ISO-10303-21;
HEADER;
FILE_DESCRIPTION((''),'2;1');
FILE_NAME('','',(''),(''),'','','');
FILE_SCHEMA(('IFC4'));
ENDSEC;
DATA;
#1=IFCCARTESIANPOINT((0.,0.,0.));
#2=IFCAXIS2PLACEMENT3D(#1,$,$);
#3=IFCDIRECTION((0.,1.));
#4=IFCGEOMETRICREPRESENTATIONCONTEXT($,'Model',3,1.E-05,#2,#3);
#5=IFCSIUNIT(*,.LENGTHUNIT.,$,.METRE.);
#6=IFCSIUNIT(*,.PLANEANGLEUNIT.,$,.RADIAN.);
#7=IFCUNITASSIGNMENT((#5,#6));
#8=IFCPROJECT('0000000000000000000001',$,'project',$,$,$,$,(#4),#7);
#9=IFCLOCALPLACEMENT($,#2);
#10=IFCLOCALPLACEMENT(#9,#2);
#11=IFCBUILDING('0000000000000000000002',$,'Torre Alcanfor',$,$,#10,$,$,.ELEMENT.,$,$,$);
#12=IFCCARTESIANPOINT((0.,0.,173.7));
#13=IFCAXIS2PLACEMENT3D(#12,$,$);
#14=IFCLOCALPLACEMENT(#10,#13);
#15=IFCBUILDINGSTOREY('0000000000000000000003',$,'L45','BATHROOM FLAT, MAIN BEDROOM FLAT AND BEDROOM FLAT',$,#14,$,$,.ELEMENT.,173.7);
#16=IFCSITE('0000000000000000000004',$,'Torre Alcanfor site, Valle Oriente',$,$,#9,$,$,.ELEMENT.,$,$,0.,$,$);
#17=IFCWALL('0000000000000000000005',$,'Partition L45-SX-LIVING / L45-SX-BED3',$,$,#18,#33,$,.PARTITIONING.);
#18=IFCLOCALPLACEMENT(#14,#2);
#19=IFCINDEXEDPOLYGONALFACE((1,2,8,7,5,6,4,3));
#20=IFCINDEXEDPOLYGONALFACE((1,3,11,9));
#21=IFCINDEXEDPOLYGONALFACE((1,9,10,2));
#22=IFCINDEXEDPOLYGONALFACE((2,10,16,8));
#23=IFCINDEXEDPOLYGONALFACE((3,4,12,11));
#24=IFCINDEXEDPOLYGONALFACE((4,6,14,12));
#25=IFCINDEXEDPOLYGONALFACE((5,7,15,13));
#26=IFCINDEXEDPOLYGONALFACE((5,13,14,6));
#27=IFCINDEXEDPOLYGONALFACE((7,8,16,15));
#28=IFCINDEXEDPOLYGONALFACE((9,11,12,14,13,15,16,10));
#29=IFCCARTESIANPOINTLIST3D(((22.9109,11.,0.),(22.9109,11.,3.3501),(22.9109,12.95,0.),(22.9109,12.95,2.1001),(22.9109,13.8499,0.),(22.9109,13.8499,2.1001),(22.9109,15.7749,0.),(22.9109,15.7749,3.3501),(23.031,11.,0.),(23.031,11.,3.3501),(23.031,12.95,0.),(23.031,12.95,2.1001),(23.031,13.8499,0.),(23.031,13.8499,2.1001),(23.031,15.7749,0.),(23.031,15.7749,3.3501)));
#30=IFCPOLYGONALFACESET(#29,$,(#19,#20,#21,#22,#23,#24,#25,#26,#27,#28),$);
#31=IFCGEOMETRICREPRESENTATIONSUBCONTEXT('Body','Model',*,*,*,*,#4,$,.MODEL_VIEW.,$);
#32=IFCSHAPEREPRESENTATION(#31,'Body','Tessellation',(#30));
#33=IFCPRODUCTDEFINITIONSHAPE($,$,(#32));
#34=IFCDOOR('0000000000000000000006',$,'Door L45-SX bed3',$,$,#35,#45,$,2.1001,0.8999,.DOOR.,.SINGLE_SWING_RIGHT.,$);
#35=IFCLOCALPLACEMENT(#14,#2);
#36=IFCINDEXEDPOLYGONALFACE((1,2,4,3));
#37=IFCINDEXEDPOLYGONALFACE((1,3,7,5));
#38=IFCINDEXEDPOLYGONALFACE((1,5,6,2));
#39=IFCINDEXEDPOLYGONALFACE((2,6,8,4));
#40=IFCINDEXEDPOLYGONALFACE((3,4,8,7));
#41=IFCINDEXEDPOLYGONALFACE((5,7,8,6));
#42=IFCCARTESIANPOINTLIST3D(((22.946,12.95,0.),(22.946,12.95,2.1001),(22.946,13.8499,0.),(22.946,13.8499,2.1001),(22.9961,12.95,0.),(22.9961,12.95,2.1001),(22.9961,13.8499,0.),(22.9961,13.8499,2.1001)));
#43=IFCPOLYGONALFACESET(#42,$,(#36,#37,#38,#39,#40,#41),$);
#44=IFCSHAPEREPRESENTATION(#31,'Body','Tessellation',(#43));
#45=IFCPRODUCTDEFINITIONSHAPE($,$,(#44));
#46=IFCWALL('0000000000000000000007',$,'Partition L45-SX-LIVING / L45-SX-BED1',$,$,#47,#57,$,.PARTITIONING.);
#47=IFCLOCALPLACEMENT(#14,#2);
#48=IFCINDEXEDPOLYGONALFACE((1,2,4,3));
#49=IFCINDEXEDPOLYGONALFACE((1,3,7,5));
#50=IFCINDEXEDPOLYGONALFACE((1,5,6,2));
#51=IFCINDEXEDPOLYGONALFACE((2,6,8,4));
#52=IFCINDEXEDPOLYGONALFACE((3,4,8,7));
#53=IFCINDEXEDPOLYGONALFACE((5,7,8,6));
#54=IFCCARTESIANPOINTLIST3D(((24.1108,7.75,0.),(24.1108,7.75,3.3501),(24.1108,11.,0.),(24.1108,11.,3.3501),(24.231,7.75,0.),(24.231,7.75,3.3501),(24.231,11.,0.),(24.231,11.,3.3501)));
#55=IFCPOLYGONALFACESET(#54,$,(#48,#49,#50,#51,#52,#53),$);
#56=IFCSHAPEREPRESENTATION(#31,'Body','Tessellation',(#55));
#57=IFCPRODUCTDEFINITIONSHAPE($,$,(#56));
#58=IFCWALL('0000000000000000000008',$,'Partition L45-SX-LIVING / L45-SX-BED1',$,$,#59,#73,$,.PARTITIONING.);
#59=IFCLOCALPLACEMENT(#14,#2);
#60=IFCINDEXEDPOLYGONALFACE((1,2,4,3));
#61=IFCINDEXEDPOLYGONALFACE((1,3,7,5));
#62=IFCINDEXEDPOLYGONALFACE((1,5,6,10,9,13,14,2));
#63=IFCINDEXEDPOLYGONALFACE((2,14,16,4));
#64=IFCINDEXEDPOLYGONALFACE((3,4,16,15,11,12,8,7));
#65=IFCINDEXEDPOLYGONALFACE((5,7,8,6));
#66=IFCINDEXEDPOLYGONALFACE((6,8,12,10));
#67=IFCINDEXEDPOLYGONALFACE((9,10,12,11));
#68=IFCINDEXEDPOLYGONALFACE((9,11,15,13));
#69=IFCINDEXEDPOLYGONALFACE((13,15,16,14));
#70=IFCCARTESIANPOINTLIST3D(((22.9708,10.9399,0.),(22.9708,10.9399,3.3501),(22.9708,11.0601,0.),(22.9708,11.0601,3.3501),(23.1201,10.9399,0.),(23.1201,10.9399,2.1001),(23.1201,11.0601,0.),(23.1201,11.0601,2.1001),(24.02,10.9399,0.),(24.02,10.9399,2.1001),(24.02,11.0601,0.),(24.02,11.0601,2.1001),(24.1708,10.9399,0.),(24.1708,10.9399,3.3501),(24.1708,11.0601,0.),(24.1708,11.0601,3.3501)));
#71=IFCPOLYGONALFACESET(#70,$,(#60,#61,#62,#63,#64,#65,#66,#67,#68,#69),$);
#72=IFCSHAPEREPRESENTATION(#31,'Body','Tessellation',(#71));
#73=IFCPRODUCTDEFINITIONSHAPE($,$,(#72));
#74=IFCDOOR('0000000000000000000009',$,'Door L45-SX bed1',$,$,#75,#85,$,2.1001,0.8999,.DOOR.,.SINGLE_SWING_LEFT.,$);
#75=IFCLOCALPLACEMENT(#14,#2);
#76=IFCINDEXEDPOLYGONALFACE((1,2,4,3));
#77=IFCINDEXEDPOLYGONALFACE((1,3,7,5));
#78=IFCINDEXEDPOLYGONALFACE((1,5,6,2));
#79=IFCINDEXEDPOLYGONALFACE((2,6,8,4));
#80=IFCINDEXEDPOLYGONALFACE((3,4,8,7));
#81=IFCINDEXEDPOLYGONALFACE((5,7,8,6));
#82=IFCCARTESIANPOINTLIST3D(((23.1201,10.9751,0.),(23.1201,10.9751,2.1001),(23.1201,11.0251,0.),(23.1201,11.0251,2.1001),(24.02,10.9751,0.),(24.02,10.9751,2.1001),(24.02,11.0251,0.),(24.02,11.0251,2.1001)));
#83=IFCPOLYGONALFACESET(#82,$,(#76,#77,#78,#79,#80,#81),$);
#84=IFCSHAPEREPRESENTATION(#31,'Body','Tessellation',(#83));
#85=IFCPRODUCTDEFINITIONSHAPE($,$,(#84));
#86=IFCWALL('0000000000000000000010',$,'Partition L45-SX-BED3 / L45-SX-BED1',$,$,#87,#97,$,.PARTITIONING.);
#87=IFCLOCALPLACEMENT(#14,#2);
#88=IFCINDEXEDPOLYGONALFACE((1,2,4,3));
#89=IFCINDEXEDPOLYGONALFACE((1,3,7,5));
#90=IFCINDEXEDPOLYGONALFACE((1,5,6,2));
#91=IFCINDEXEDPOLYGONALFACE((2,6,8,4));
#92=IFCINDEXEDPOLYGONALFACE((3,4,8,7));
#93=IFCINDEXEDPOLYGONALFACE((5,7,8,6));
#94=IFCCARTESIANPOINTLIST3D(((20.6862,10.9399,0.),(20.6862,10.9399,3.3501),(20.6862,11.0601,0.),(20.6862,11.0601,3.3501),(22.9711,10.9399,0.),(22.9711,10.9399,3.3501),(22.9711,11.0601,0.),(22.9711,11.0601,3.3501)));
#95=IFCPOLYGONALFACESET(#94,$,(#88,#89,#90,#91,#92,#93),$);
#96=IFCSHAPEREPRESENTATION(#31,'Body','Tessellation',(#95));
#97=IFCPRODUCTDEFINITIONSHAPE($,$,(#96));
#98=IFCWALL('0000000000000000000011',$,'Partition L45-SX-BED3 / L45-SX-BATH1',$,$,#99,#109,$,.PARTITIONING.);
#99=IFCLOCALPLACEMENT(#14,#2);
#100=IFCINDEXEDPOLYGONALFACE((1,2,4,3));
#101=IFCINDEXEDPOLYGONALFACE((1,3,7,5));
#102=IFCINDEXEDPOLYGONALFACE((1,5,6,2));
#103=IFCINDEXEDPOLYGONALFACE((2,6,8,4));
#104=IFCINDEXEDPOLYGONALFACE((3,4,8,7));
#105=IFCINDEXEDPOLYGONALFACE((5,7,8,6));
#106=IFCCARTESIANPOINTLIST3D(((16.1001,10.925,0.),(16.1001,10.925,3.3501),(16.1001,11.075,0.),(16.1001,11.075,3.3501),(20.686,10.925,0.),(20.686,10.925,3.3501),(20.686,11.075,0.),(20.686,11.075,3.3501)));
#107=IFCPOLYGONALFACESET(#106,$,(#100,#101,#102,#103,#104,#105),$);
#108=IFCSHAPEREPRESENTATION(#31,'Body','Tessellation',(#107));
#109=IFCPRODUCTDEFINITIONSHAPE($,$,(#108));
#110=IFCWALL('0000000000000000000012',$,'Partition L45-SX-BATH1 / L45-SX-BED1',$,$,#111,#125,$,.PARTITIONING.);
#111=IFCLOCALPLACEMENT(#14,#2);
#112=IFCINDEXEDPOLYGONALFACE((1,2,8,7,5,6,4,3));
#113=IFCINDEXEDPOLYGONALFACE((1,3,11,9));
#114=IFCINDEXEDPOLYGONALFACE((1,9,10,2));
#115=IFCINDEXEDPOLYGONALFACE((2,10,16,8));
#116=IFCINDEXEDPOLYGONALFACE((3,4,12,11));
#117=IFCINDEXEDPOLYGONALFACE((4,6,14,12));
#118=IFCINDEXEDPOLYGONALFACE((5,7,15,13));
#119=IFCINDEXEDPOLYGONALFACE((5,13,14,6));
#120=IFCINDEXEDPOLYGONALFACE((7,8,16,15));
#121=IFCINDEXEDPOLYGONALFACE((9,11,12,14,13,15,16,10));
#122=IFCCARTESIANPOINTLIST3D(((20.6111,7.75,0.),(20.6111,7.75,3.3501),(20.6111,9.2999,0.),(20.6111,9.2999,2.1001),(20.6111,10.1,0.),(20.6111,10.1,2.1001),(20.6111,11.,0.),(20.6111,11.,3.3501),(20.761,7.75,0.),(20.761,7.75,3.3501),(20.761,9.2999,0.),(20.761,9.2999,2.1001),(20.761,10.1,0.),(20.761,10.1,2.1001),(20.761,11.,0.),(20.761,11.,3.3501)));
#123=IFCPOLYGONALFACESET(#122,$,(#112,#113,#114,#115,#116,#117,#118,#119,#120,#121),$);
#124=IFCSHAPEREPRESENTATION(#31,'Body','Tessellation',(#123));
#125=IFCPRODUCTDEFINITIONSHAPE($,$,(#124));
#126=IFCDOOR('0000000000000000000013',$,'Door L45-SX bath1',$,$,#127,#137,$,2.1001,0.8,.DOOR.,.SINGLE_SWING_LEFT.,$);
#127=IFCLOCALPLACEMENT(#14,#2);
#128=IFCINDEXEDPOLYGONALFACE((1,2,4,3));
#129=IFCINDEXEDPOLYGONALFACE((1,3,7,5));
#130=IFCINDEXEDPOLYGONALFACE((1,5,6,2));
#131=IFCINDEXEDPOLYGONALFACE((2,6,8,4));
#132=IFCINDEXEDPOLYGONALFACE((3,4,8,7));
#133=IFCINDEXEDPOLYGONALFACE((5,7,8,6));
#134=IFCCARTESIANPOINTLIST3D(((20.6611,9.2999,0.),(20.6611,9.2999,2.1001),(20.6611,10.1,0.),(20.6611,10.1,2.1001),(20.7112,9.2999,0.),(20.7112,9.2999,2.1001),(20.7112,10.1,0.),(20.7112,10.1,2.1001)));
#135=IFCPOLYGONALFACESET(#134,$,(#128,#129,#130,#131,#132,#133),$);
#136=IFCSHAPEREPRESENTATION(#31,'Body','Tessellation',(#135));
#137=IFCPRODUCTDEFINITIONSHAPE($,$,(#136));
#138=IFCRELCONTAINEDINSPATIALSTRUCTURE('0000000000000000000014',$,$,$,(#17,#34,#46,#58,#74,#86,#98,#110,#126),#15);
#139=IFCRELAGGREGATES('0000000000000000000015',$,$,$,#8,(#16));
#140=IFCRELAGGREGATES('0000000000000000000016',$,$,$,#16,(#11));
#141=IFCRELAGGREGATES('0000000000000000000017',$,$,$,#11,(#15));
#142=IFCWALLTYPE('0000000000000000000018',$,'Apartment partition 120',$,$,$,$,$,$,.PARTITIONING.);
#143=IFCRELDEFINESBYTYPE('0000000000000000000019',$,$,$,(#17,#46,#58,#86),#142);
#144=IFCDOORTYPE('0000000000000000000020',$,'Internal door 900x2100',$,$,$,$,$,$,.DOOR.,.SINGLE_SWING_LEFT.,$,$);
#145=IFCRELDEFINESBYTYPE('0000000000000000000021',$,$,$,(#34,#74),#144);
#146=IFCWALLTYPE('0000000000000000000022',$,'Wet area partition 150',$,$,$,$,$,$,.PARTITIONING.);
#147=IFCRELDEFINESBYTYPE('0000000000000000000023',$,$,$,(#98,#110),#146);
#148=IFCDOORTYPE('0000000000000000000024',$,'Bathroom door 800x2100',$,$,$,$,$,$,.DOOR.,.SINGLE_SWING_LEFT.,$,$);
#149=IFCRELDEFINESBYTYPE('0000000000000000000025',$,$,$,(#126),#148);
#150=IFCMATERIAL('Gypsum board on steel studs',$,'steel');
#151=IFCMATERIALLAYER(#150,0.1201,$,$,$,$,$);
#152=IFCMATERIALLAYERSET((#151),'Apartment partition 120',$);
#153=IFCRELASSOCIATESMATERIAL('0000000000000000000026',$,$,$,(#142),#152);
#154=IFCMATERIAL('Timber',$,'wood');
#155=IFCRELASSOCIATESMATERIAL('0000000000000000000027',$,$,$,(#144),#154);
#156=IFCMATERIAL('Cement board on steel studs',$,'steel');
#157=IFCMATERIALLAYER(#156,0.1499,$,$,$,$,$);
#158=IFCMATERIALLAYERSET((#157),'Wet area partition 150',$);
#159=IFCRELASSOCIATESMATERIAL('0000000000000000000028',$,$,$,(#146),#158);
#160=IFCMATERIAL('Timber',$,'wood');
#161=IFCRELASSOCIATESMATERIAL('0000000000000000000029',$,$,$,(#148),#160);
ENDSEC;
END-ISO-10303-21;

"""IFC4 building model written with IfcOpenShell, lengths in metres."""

from ifc_helpers import new_model, si_unit, direction, frame, frame_2d, origin, place, context, subcontext, project, spatial, rectangle, extrude, material, layer, layer_set, type_object, element, fill, save


model = new_model("IFC4")

# Units and contexts
model_context = context("Model", 3, precision=1e-05, world=origin(), true_north=direction((0.0, 1.0)))
body_context = subcontext(model_context, "Body", "Model", "MODEL_VIEW")
ifc_project = project(units=[si_unit("LENGTHUNIT", "METRE"), si_unit("PLANEANGLEUNIT", "RADIAN")], contexts=[model_context])

# Site, building, storey
site_placement = place(None, origin())
site = spatial("IfcSite", under=ifc_project, at=site_placement, Name="Torre Alcanfor site, Valle Oriente", CompositionType="ELEMENT", RefElevation=0.0)
building_placement = place(site_placement, origin())
building = spatial("IfcBuilding", under=site, at=building_placement, Name="Torre Alcanfor", CompositionType="ELEMENT")
storey_placement = place(building_placement, frame((0.0, 0.0, 173.7)))
storey = spatial("IfcBuildingStorey", under=building, at=storey_placement, Name="L45", Description="BATHROOM FLAT, MAIN BEDROOM FLAT AND BEDROOM FLAT", CompositionType="ELEMENT", Elevation=173.7)

# Shared definitions
ifc_material_1 = material(Name="Gypsum board on steel studs", Category="steel")
ifc_layer_1 = layer(ifc_material_1, 0.1201)
ifc_layer_set_1 = layer_set([ifc_layer_1], Name="Apartment partition 120")
wall_type_1 = type_object("IfcWallType", Name="Apartment partition 120", PredefinedType="PARTITIONING", material=ifc_layer_set_1)

# Wall, opening, door
wall_1_placement = place(storey_placement, frame((22.9709, 11.0, 0.0), z_axis=(0.0, 0.0, 1.0), x_axis=(0.0, 1.0, 0.0)))
wall_1 = element("IfcWall", 1, at=wall_1_placement, inside=storey, type_object=wall_type_1, Name="Partition L45-SX-LIVING / L45-SX-BED3", PredefinedType="PARTITIONING", context=body_context, shape_type="SweptSolid", body=[
    extrude(rectangle(XDim=4.7749, YDim=0.1201, at=frame_2d((2.3875, 0.0))), origin(), (0.0, 0.0, 1.0), 3.3501),
])
opening_1_placement = place(wall_1_placement, frame((1.95, 0.0, 0.0)))
opening_1 = element("IfcOpeningElement", 2, at=opening_1_placement, cuts=wall_1, PredefinedType="OPENING", context=body_context, shape_type="SweptSolid", body=[
    extrude(rectangle(XDim=0.8999, YDim=2.1001, at=frame_2d((0.45, 1.05))), frame((0.0, 0.0701, 0.0), z_axis=(0.0, -1.0, 0.0), x_axis=(1.0, 0.0, 0.0)), (0.0, 0.0, 1.0), 0.1401),
])
ifc_material_2 = material(Name="Timber", Category="wood")
door_type_1 = type_object("IfcDoorType", Name="Internal door 900x2100", OperationType="SINGLE_SWING_LEFT", PredefinedType="DOOR", material=ifc_material_2)
door_1_placement = place(opening_1_placement, origin())
door_1 = element("IfcDoor", 3, at=door_1_placement, inside=storey, type_object=door_type_1, Name="Door L45-SX bed3", OperationType="SINGLE_SWING_RIGHT", OverallHeight=2.1001, OverallWidth=0.8999, PredefinedType="DOOR", context=body_context, shape_type="SweptSolid", body=[
    extrude(rectangle(XDim=0.8999, YDim=2.1001, at=frame_2d((0.45, 1.05))), frame((0.0, 0.0249, 0.0), z_axis=(0.0, -1.0, 0.0), x_axis=(1.0, 0.0, 0.0)), (0.0, 0.0, 1.0), 0.05),
])
fill(opening_1, door_1)

# Wall
wall_2_placement = place(storey_placement, frame((24.1709, 7.75, 0.0), z_axis=(0.0, 0.0, 1.0), x_axis=(0.0, 1.0, 0.0)))
element("IfcWall", 4, at=wall_2_placement, inside=storey, type_object=wall_type_1, Name="Partition L45-SX-LIVING / L45-SX-BED1", PredefinedType="PARTITIONING", context=body_context, shape_type="SweptSolid", body=[
    extrude(rectangle(XDim=3.25, YDim=0.1201, at=frame_2d((1.625, 0.0))), origin(), (0.0, 0.0, 1.0), 3.3501),
])

# Wall, opening, door
wall_3_placement = place(storey_placement, frame((24.1709, 11.0, 0.0), z_axis=(0.0, 0.0, 1.0), x_axis=(-1.0, 0.0, 0.0)))
wall_3 = element("IfcWall", 5, at=wall_3_placement, inside=storey, type_object=wall_type_1, Name="Partition L45-SX-LIVING / L45-SX-BED1", PredefinedType="PARTITIONING", context=body_context, shape_type="SweptSolid", body=[
    extrude(rectangle(XDim=1.2, YDim=0.1201, at=frame_2d((0.6001, 0.0))), origin(), (0.0, 0.0, 1.0), 3.3501),
])
opening_2_placement = place(wall_3_placement, frame((0.1509, 0.0, 0.0)))
opening_2 = element("IfcOpeningElement", 6, at=opening_2_placement, cuts=wall_3, PredefinedType="OPENING", context=body_context, shape_type="SweptSolid", body=[
    extrude(rectangle(XDim=0.8999, YDim=2.1001, at=frame_2d((0.45, 1.05))), frame((0.0, 0.0701, 0.0), z_axis=(0.0, -1.0, 0.0), x_axis=(1.0, 0.0, 0.0)), (0.0, 0.0, 1.0), 0.1401),
])
door_2_placement = place(opening_2_placement, origin())
door_2 = element("IfcDoor", 7, at=door_2_placement, inside=storey, type_object=door_type_1, Name="Door L45-SX bed1", OperationType="SINGLE_SWING_LEFT", OverallHeight=2.1001, OverallWidth=0.8999, PredefinedType="DOOR", context=body_context, shape_type="SweptSolid", body=[
    extrude(rectangle(XDim=0.8999, YDim=2.1001, at=frame_2d((0.45, 1.05))), frame((0.0, 0.0249, 0.0), z_axis=(0.0, -1.0, 0.0), x_axis=(1.0, 0.0, 0.0)), (0.0, 0.0, 1.0), 0.05),
])
fill(opening_2, door_2)

# Walls
wall_4_placement = place(storey_placement, frame((20.686, 11.0, 0.0), z_axis=(0.0, 0.0, 1.0), x_axis=(1.0, 0.0, 0.0)))
element("IfcWall", 8, at=wall_4_placement, inside=storey, type_object=wall_type_1, Name="Partition L45-SX-BED3 / L45-SX-BED1", PredefinedType="PARTITIONING", context=body_context, shape_type="SweptSolid", body=[
    extrude(rectangle(XDim=2.2849, YDim=0.1201, at=frame_2d((1.1426, 0.0))), origin(), (0.0, 0.0, 1.0), 3.3501),
])
ifc_material_3 = material(Name="Cement board on steel studs", Category="steel")
ifc_layer_2 = layer(ifc_material_3, 0.1499)
ifc_layer_set_2 = layer_set([ifc_layer_2], Name="Wet area partition 150")
wall_type_2 = type_object("IfcWallType", Name="Wet area partition 150", PredefinedType="PARTITIONING", material=ifc_layer_set_2)
wall_5_placement = place(storey_placement, frame((16.1001, 11.0, 0.0), z_axis=(0.0, 0.0, 1.0), x_axis=(1.0, 0.0, 0.0)))
element("IfcWall", 9, at=wall_5_placement, inside=storey, type_object=wall_type_2, Name="Partition L45-SX-BED3 / L45-SX-BATH1", PredefinedType="PARTITIONING", context=body_context, shape_type="SweptSolid", body=[
    extrude(rectangle(XDim=4.5859, YDim=0.1499, at=frame_2d((2.293, 0.0))), origin(), (0.0, 0.0, 1.0), 3.3501),
])

# Wall, opening, door
wall_6_placement = place(storey_placement, frame((20.686, 7.75, 0.0), z_axis=(0.0, 0.0, 1.0), x_axis=(0.0, 1.0, 0.0)))
wall_6 = element("IfcWall", 10, at=wall_6_placement, inside=storey, type_object=wall_type_2, Name="Partition L45-SX-BATH1 / L45-SX-BED1", PredefinedType="PARTITIONING", context=body_context, shape_type="SweptSolid", body=[
    extrude(rectangle(XDim=3.25, YDim=0.1499, at=frame_2d((1.625, 0.0))), origin(), (0.0, 0.0, 1.0), 3.3501),
])
opening_3_placement = place(wall_6_placement, frame((1.55, 0.0, 0.0)))
opening_3 = element("IfcOpeningElement", 11, at=opening_3_placement, cuts=wall_6, PredefinedType="OPENING", context=body_context, shape_type="SweptSolid", body=[
    extrude(rectangle(XDim=0.8, YDim=2.1001, at=frame_2d((0.3999, 1.05))), frame((0.0, 0.085, 0.0), z_axis=(0.0, -1.0, 0.0), x_axis=(1.0, 0.0, 0.0)), (0.0, 0.0, 1.0), 0.1699),
])
ifc_material_4 = material(Name="Timber", Category="wood")
door_type_2 = type_object("IfcDoorType", Name="Bathroom door 800x2100", OperationType="SINGLE_SWING_LEFT", PredefinedType="DOOR", material=ifc_material_4)
door_3_placement = place(opening_3_placement, frame((0.8, 0.0, 0.0), z_axis=(0.0, 0.0, 1.0), x_axis=(-1.0, 0.0, 0.0)))
door_3 = element("IfcDoor", 12, at=door_3_placement, inside=storey, type_object=door_type_2, Name="Door L45-SX bath1", OperationType="SINGLE_SWING_LEFT", OverallHeight=2.1001, OverallWidth=0.8, PredefinedType="DOOR", context=body_context, shape_type="SweptSolid", body=[
    extrude(rectangle(XDim=0.8, YDim=2.1001, at=frame_2d((0.4001, 1.05))), frame((0.0, 0.0251, 0.0), z_axis=(0.0, -1.0, 0.0), x_axis=(1.0, 0.0, 0.0)), (0.0, 0.0, 1.0), 0.05),
])
fill(opening_3, door_3)

save(model, "model.ifc")
